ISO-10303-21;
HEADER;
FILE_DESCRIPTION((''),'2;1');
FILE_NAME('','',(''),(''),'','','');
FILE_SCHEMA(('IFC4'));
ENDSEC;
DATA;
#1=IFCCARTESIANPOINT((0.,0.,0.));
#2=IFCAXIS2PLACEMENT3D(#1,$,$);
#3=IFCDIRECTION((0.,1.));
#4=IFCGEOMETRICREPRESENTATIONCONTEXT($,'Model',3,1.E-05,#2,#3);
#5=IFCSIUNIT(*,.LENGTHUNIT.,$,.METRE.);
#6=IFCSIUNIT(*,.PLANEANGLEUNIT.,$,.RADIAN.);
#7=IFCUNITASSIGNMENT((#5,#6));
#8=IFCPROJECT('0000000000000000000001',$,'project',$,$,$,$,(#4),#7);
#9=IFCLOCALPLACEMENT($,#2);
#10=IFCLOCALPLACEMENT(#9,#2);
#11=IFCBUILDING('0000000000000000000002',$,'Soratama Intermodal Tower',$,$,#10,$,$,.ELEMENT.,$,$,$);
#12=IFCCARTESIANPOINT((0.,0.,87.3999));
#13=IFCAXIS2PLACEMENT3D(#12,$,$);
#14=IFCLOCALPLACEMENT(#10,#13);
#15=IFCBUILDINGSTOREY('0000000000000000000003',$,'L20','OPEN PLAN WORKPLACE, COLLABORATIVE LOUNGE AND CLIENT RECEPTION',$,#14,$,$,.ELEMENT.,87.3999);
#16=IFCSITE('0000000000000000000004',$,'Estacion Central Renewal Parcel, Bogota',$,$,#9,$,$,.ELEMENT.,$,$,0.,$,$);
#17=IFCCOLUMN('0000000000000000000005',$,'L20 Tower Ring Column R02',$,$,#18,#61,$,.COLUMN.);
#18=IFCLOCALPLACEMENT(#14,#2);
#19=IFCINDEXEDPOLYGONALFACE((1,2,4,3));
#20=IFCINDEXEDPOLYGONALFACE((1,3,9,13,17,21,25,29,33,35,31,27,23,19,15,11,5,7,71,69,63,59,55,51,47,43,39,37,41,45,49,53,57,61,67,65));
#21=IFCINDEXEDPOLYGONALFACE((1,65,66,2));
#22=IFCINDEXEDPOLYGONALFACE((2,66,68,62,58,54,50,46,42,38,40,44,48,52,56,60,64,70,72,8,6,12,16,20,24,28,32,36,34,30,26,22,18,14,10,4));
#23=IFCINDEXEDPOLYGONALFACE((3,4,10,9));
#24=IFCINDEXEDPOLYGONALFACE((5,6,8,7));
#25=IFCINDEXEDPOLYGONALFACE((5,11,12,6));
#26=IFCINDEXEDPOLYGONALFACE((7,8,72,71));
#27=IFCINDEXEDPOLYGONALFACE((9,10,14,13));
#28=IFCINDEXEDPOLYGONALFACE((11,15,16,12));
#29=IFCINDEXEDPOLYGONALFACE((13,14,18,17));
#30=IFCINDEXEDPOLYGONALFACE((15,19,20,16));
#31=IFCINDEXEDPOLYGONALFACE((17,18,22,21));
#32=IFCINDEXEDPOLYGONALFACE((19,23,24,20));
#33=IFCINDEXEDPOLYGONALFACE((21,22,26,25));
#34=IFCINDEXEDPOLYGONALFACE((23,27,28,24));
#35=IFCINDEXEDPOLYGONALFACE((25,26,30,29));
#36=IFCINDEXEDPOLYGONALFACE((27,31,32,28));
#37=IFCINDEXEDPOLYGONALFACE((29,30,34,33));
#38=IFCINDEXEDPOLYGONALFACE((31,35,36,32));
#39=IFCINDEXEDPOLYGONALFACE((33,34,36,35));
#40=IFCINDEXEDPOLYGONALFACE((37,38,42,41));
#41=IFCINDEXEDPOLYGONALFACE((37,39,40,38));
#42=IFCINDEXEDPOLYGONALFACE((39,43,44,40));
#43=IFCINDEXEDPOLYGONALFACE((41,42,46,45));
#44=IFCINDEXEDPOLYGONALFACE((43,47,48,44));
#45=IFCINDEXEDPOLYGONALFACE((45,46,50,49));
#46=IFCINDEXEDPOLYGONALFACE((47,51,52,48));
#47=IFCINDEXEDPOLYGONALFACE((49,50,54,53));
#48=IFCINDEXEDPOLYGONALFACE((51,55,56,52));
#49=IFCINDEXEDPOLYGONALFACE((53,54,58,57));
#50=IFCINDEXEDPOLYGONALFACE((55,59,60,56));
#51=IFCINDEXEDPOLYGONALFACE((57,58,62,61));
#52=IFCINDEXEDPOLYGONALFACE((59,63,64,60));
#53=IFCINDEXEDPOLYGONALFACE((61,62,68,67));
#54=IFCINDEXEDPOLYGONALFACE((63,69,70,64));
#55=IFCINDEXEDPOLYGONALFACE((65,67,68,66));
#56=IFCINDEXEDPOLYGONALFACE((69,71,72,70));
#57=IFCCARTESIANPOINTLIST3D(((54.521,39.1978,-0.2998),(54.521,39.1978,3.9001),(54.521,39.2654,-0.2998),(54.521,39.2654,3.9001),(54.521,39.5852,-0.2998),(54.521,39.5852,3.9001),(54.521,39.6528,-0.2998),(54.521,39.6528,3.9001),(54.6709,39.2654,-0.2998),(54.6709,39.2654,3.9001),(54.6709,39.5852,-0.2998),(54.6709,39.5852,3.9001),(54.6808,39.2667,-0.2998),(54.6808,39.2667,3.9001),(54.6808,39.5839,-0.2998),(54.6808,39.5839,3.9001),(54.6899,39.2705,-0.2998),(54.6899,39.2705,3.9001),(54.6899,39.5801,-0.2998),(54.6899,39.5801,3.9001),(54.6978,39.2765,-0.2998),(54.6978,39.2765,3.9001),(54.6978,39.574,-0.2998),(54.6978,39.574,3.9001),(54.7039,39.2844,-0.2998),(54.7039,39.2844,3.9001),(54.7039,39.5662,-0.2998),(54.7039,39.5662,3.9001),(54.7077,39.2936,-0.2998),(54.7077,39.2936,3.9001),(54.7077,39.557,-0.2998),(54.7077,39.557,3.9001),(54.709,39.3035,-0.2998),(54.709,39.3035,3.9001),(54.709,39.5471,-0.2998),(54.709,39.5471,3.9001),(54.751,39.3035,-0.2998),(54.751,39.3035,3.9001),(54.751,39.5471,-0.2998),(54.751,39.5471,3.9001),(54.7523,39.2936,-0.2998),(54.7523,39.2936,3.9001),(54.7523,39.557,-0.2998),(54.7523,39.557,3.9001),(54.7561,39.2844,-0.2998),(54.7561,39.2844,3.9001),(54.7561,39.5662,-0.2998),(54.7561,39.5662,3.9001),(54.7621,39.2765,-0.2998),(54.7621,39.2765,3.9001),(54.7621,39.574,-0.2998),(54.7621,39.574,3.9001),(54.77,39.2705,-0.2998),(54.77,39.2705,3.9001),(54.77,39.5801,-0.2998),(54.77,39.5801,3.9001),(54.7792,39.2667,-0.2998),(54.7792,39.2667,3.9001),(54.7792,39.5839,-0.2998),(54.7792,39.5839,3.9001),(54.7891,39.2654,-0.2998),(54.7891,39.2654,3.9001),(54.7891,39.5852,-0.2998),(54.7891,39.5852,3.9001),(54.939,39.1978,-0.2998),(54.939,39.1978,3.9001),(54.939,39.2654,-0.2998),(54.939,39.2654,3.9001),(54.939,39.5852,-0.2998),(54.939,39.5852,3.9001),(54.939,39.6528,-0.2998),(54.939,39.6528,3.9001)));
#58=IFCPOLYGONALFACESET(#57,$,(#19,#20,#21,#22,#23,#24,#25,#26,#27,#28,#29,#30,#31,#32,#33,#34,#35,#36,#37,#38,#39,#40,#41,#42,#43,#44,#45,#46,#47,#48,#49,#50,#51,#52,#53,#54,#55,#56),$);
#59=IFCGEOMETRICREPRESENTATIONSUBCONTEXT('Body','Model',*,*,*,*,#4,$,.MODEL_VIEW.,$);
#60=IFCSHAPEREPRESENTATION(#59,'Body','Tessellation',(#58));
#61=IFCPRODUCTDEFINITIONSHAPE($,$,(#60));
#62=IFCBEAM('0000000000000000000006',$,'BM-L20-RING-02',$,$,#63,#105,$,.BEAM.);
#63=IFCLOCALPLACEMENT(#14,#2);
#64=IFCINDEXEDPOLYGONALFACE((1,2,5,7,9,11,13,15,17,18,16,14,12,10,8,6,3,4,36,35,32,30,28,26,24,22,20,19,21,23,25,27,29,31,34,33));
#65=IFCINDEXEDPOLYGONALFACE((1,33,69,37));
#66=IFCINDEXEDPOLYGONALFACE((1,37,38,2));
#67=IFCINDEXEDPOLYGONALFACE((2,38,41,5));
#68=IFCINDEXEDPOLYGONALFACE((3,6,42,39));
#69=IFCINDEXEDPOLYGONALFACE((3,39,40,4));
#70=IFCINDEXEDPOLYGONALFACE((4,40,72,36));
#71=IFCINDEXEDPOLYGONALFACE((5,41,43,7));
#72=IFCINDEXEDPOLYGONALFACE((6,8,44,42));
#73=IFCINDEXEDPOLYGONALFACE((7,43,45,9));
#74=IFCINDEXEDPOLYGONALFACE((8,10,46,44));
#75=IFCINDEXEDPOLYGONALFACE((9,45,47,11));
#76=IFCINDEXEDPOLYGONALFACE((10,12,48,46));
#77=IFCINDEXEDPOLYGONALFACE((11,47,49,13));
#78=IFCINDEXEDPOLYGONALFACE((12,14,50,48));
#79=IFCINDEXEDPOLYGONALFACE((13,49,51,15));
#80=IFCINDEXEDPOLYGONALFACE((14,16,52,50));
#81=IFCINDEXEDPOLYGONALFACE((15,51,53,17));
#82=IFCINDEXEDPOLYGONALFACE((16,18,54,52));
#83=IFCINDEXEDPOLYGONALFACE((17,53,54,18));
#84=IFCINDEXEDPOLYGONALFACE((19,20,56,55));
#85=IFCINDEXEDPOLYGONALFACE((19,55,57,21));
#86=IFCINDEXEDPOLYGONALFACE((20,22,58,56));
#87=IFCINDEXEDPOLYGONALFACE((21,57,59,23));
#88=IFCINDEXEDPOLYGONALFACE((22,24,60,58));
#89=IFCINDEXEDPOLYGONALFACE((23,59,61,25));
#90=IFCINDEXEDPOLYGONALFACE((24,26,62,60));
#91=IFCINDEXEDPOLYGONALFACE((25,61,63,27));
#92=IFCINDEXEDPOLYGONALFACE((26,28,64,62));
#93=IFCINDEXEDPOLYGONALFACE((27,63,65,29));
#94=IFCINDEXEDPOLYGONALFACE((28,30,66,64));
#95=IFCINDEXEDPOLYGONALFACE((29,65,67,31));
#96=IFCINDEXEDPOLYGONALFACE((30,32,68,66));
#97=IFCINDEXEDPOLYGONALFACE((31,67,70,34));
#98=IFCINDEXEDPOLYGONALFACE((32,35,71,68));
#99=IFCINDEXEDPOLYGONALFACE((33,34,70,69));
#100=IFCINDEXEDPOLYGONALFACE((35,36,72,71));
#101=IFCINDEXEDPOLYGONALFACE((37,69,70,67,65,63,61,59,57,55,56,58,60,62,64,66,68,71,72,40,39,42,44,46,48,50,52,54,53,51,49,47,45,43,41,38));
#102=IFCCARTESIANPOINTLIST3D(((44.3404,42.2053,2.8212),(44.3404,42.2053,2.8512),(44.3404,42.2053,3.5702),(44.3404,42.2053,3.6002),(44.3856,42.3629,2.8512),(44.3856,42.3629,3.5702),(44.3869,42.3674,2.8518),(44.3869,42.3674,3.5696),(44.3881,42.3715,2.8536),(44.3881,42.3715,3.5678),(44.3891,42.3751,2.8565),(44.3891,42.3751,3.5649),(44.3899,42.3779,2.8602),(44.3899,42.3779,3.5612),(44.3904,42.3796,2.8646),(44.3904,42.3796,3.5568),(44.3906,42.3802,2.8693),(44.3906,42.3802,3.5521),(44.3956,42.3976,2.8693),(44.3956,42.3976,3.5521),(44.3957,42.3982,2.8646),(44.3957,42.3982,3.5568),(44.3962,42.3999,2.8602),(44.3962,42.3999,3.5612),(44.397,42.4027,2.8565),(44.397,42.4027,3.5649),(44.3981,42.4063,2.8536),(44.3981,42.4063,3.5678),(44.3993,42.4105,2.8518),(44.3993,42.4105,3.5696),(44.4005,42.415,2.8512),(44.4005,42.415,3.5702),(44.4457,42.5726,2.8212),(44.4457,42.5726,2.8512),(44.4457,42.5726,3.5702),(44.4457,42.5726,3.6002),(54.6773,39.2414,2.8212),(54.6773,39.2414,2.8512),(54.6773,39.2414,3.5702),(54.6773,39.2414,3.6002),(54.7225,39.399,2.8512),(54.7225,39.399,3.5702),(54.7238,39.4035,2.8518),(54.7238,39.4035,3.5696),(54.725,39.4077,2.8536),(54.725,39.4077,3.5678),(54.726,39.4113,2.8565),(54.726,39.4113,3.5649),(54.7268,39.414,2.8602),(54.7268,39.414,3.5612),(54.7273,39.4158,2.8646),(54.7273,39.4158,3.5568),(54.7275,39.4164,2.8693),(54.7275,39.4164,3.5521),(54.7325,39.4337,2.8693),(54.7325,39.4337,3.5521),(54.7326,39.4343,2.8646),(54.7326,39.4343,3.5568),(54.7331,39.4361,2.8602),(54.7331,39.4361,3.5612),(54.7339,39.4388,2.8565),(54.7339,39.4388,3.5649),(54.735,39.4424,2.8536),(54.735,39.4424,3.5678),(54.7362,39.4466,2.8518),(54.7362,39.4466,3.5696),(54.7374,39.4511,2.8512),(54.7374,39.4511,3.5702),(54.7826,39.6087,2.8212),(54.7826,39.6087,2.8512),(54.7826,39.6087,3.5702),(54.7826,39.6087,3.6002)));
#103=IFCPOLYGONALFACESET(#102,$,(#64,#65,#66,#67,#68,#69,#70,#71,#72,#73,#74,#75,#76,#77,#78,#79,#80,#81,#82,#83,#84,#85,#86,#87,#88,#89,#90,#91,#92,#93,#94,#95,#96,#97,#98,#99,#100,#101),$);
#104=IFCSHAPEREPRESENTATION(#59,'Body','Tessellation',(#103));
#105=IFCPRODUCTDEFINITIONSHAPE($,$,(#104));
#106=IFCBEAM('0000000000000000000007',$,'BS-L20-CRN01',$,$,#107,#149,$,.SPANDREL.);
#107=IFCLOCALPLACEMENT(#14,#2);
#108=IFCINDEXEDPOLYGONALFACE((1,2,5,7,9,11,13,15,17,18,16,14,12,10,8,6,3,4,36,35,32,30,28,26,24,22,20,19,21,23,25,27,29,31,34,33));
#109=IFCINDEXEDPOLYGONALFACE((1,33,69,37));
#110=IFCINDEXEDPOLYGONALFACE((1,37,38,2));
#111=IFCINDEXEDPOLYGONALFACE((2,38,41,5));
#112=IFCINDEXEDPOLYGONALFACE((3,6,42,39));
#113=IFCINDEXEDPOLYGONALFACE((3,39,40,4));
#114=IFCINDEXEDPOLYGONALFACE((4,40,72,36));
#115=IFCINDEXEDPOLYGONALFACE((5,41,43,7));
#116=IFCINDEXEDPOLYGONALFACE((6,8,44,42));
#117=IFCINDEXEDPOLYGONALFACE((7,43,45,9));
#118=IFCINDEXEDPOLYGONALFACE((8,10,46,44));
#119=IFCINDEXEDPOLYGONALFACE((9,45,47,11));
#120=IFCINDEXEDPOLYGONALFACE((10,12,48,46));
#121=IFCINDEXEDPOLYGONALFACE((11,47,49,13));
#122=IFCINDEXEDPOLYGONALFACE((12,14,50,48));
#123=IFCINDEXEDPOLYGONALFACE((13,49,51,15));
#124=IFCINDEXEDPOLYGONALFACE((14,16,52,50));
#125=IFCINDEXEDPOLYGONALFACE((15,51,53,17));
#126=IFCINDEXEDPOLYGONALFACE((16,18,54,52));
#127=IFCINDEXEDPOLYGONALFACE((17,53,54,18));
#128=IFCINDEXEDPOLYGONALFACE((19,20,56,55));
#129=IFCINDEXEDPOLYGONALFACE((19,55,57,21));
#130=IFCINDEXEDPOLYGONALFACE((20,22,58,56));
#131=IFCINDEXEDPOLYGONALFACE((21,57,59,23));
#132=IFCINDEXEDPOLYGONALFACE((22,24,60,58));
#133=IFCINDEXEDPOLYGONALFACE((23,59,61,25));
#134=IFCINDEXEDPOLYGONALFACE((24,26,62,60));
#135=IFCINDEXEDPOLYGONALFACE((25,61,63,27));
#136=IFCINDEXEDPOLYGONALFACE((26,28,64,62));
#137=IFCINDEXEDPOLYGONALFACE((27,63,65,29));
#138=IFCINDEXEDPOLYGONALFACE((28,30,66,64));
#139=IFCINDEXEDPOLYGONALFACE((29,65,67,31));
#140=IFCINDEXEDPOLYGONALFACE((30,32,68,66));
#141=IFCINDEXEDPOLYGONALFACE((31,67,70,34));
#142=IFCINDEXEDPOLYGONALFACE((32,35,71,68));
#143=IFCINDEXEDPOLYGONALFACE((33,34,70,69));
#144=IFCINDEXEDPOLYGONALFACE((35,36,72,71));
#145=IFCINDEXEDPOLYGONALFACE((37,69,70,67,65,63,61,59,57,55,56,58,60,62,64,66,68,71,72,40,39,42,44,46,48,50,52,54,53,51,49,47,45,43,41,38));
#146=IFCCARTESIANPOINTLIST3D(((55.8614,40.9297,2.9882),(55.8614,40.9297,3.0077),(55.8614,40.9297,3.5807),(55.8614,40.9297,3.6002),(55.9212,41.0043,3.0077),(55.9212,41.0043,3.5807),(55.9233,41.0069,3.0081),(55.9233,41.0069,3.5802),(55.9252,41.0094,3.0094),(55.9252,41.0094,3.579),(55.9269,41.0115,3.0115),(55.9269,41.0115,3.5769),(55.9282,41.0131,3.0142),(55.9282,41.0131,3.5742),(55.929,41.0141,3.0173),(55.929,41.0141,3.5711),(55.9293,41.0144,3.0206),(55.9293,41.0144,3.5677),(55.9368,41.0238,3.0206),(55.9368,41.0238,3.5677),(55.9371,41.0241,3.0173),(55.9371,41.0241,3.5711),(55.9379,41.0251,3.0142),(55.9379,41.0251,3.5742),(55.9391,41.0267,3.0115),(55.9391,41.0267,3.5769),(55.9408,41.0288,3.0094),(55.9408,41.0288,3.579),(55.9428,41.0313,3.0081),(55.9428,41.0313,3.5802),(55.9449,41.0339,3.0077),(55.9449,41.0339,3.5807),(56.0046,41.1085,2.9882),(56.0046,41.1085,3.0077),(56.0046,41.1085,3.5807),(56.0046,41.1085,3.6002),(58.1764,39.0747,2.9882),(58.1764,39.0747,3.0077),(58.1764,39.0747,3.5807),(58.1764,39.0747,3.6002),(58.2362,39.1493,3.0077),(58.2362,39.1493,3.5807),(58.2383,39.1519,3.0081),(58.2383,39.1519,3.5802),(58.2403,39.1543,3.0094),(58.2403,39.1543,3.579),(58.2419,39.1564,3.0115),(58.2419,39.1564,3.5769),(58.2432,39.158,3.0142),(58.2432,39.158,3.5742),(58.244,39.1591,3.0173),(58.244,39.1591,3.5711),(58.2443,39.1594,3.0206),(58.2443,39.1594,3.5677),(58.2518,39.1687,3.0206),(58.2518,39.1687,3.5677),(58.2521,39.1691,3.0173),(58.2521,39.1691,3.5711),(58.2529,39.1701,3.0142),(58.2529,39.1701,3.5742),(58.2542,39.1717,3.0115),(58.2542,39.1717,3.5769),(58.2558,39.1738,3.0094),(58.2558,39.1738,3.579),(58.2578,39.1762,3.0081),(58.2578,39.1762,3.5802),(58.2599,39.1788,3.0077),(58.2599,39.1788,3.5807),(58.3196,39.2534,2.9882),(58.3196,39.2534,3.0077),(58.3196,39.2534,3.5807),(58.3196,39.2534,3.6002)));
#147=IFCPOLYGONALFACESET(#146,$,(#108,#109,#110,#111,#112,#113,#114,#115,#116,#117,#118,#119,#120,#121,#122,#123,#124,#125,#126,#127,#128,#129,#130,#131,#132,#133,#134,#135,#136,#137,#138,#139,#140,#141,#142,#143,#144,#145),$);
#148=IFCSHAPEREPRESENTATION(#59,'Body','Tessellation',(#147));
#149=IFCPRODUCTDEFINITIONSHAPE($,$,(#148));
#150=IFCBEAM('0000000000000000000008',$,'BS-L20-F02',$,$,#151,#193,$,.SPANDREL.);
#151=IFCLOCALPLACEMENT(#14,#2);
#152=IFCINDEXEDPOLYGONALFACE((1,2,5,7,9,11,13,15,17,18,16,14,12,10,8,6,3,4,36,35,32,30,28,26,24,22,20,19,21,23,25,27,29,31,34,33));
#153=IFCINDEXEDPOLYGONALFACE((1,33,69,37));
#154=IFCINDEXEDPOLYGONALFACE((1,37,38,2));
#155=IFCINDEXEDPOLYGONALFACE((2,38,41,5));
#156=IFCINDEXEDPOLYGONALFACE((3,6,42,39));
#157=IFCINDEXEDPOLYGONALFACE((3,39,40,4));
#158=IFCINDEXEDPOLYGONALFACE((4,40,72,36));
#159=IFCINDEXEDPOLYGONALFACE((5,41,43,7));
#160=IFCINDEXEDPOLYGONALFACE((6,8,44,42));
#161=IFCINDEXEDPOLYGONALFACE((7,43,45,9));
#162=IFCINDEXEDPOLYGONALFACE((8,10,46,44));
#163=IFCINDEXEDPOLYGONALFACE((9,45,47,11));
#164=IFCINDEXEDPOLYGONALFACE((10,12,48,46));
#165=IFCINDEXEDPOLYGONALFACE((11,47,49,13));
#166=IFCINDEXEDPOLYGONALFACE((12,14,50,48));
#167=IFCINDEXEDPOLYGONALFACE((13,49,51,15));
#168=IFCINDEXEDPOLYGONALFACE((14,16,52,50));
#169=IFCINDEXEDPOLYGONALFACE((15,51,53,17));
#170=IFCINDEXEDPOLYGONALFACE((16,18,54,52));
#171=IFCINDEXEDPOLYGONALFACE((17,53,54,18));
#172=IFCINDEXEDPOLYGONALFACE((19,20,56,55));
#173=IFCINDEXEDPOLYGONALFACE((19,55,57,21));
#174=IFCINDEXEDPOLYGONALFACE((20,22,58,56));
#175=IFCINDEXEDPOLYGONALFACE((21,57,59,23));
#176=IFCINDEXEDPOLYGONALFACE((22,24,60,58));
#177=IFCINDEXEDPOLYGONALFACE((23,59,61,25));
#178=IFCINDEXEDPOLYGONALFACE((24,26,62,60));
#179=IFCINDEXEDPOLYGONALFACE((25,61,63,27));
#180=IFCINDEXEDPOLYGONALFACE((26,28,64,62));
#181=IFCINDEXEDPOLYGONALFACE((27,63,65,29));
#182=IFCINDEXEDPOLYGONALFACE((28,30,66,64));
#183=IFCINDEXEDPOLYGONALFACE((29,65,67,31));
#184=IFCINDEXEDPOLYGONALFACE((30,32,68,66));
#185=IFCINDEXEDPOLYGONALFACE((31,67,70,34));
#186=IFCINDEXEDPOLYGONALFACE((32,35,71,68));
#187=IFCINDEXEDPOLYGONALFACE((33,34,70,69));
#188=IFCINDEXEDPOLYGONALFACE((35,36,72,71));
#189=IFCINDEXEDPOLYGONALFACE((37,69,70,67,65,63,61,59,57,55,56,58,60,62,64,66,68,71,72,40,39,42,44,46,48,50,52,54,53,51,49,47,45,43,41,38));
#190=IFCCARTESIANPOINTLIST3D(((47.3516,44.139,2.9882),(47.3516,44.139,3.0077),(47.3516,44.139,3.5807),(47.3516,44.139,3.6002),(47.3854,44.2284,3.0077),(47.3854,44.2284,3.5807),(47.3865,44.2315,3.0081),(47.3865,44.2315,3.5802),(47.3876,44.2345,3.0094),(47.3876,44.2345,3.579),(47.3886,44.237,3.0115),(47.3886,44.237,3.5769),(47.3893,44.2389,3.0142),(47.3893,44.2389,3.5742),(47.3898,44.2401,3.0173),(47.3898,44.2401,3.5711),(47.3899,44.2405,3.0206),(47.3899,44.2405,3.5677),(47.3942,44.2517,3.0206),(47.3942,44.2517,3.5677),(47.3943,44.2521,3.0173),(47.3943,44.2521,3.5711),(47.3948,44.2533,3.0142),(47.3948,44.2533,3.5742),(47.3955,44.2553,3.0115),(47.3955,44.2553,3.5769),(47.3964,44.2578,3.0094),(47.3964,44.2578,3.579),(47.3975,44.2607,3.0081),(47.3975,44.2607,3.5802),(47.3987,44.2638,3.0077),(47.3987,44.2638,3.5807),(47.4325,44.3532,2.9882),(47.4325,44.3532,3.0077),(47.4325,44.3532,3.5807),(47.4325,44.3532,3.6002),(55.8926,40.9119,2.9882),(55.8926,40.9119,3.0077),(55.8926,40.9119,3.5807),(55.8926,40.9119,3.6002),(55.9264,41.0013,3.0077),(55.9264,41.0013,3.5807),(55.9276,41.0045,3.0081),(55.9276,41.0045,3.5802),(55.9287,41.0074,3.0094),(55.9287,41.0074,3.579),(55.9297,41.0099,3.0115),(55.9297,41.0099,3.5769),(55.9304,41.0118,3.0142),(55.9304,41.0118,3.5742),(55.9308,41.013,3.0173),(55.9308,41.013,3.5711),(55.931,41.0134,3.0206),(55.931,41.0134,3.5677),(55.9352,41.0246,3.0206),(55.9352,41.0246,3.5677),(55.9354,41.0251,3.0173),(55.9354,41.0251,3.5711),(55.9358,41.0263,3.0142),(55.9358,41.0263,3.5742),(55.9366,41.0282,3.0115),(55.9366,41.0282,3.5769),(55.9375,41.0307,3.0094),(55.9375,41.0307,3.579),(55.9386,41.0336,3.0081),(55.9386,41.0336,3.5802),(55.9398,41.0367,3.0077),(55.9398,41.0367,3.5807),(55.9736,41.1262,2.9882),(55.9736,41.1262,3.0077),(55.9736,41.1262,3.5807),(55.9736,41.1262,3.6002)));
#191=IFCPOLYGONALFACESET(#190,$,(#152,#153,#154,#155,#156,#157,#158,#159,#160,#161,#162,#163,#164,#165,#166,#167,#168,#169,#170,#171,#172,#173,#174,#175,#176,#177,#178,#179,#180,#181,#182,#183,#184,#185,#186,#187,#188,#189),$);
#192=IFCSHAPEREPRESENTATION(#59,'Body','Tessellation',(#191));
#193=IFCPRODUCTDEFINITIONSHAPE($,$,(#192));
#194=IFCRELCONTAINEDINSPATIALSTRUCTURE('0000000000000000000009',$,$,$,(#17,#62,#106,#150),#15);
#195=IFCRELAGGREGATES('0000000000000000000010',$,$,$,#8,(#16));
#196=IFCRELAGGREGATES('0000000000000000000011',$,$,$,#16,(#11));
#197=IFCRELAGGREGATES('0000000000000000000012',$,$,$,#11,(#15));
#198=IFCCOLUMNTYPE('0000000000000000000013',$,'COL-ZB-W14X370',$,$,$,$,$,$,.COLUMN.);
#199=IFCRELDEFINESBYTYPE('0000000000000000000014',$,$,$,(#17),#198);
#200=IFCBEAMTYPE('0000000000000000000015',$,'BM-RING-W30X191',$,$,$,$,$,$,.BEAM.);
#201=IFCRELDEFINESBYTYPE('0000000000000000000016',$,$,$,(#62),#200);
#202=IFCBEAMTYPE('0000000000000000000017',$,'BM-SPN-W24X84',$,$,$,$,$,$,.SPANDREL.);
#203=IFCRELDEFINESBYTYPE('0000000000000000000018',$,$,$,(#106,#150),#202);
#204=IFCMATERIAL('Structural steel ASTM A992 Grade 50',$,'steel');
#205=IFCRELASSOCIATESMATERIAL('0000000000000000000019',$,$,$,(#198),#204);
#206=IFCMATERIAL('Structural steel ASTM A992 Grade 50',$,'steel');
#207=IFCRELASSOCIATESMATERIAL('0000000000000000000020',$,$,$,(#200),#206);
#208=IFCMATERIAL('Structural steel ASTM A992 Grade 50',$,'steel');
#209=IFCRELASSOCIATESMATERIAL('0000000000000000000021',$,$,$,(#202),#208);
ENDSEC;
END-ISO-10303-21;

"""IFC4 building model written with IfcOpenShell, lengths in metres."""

from ifc_helpers import new_model, si_unit, direction, frame, origin, origin_2d, place, context, subcontext, project, spatial, i_section, extrude, material, material_profile, profile_set, type_object, element, save


model = new_model("IFC4")

# Units and contexts
model_context = context("Model", 3, precision=1e-05, world=origin(), true_north=direction((0.0, 1.0)))
body_context = subcontext(model_context, "Body", "Model", "MODEL_VIEW")
ifc_project = project(units=[si_unit("LENGTHUNIT", "METRE"), si_unit("PLANEANGLEUNIT", "RADIAN")], contexts=[model_context])

# Site, building, storey
site_placement = place(None, origin())
site = spatial("IfcSite", under=ifc_project, at=site_placement, Name="Estacion Central Renewal Parcel, Bogota", CompositionType="ELEMENT", RefElevation=0.0)
building_placement = place(site_placement, origin())
building = spatial("IfcBuilding", under=site, at=building_placement, Name="Soratama Intermodal Tower", CompositionType="ELEMENT")
storey_placement = place(building_placement, frame((0.0, 0.0, 87.3999)))
storey = spatial("IfcBuildingStorey", under=building, at=storey_placement, Name="L20", Description="OPEN PLAN WORKPLACE, COLLABORATIVE LOUNGE AND CLIENT RECEPTION", CompositionType="ELEMENT", Elevation=87.3999)

# Column
ifc_material_1 = material(Name="Structural steel ASTM A992 Grade 50", Category="steel")
ifc_material_profile_1 = material_profile(ifc_material_1, i_section(OverallWidth=0.418, OverallDepth=0.4551, WebThickness=0.042, FlangeThickness=0.0676, FilletRadius=0.0381, at=origin_2d()), Name="W14X370")
ifc_profile_set_1 = profile_set([ifc_material_profile_1], Name="Structural steel ASTM A992 Grade 50")
column_type = type_object("IfcColumnType", Name="COL-ZB-W14X370", PredefinedType="COLUMN", material=ifc_profile_set_1)
column_placement = place(storey_placement, frame((54.73, 39.4253, -0.2998), z_axis=(0.0, 0.0, 1.0), x_axis=(1.0, 0.0, 0.0)))
element("IfcColumn", 1, at=column_placement, inside=storey, type_object=column_type, Name="L20 Tower Ring Column R02", PredefinedType="COLUMN", context=body_context, shape_type="SweptSolid", body=[
    extrude(i_section(OverallWidth=0.418, OverallDepth=0.4551, WebThickness=0.042, FlangeThickness=0.0676, FilletRadius=0.0381, at=origin_2d()), origin(), (0.0, 0.0, 1.0), 4.2),
])

# Beams
ifc_material_2 = material(Name="Structural steel ASTM A992 Grade 50", Category="steel")
ifc_material_profile_2 = material_profile(ifc_material_2, i_section(OverallWidth=0.3821, OverallDepth=0.7791, WebThickness=0.0181, FlangeThickness=0.03, FilletRadius=0.0181, at=origin_2d()), Name="W30X191")
ifc_profile_set_2 = profile_set([ifc_material_profile_2], Name="Structural steel ASTM A992 Grade 50")
beam_type_1 = type_object("IfcBeamType", Name="BM-RING-W30X191", PredefinedType="BEAM", material=ifc_profile_set_2)
beam_1_placement = place(storey_placement, frame((54.73, 39.425, 3.2107), z_axis=(-0.961267, 0.275621, 0.0), x_axis=(-0.275621, -0.961267, 0.0)))
element("IfcBeam", 2, at=beam_1_placement, inside=storey, type_object=beam_type_1, Name="BM-L20-RING-02", PredefinedType="BEAM", context=body_context, shape_type="SweptSolid", body=[
    extrude(i_section(OverallWidth=0.3821, OverallDepth=0.7791, WebThickness=0.0181, FlangeThickness=0.03, FilletRadius=0.0181, at=origin_2d()), origin(), (0.0, 0.0, 1.0), 10.7534),
])
ifc_material_3 = material(Name="Structural steel ASTM A992 Grade 50", Category="steel")
ifc_material_profile_3 = material_profile(ifc_material_3, i_section(OverallWidth=0.229, OverallDepth=0.6121, WebThickness=0.012, FlangeThickness=0.0195, FilletRadius=0.0129, at=origin_2d()), Name="W24X84")
ifc_profile_set_3 = profile_set([ifc_material_profile_3], Name="Structural steel ASTM A992 Grade 50")
beam_type_2 = type_object("IfcBeamType", Name="BM-SPN-W24X84", PredefinedType="SPANDREL", material=ifc_profile_set_3)
beam_2_placement = place(storey_placement, frame((58.248, 39.1641, 3.2942), z_axis=(-0.780371, 0.625317, 0.0), x_axis=(-0.625317, -0.780371, 0.0)))
element("IfcBeam", 3, at=beam_2_placement, inside=storey, type_object=beam_type_2, Name="BS-L20-CRN01", PredefinedType="SPANDREL", context=body_context, shape_type="SweptSolid", body=[
    extrude(i_section(OverallWidth=0.229, OverallDepth=0.6121, WebThickness=0.012, FlangeThickness=0.0195, FilletRadius=0.0129, at=origin_2d()), origin(), (0.0, 0.0, 1.0), 2.9666),
])
beam_3_placement = place(storey_placement, frame((55.9331, 41.019, 3.2942), z_axis=(-0.935456, 0.353443, 0.0), x_axis=(-0.353443, -0.935456, 0.0)))
element("IfcBeam", 4, at=beam_3_placement, inside=storey, type_object=beam_type_2, Name="BS-L20-F02", PredefinedType="SPANDREL", context=body_context, shape_type="SweptSolid", body=[
    extrude(i_section(OverallWidth=0.229, OverallDepth=0.6121, WebThickness=0.012, FlangeThickness=0.0195, FilletRadius=0.0129, at=origin_2d()), origin(), (0.0, 0.0, 1.0), 9.1304),
])

save(model, "model.ifc")
